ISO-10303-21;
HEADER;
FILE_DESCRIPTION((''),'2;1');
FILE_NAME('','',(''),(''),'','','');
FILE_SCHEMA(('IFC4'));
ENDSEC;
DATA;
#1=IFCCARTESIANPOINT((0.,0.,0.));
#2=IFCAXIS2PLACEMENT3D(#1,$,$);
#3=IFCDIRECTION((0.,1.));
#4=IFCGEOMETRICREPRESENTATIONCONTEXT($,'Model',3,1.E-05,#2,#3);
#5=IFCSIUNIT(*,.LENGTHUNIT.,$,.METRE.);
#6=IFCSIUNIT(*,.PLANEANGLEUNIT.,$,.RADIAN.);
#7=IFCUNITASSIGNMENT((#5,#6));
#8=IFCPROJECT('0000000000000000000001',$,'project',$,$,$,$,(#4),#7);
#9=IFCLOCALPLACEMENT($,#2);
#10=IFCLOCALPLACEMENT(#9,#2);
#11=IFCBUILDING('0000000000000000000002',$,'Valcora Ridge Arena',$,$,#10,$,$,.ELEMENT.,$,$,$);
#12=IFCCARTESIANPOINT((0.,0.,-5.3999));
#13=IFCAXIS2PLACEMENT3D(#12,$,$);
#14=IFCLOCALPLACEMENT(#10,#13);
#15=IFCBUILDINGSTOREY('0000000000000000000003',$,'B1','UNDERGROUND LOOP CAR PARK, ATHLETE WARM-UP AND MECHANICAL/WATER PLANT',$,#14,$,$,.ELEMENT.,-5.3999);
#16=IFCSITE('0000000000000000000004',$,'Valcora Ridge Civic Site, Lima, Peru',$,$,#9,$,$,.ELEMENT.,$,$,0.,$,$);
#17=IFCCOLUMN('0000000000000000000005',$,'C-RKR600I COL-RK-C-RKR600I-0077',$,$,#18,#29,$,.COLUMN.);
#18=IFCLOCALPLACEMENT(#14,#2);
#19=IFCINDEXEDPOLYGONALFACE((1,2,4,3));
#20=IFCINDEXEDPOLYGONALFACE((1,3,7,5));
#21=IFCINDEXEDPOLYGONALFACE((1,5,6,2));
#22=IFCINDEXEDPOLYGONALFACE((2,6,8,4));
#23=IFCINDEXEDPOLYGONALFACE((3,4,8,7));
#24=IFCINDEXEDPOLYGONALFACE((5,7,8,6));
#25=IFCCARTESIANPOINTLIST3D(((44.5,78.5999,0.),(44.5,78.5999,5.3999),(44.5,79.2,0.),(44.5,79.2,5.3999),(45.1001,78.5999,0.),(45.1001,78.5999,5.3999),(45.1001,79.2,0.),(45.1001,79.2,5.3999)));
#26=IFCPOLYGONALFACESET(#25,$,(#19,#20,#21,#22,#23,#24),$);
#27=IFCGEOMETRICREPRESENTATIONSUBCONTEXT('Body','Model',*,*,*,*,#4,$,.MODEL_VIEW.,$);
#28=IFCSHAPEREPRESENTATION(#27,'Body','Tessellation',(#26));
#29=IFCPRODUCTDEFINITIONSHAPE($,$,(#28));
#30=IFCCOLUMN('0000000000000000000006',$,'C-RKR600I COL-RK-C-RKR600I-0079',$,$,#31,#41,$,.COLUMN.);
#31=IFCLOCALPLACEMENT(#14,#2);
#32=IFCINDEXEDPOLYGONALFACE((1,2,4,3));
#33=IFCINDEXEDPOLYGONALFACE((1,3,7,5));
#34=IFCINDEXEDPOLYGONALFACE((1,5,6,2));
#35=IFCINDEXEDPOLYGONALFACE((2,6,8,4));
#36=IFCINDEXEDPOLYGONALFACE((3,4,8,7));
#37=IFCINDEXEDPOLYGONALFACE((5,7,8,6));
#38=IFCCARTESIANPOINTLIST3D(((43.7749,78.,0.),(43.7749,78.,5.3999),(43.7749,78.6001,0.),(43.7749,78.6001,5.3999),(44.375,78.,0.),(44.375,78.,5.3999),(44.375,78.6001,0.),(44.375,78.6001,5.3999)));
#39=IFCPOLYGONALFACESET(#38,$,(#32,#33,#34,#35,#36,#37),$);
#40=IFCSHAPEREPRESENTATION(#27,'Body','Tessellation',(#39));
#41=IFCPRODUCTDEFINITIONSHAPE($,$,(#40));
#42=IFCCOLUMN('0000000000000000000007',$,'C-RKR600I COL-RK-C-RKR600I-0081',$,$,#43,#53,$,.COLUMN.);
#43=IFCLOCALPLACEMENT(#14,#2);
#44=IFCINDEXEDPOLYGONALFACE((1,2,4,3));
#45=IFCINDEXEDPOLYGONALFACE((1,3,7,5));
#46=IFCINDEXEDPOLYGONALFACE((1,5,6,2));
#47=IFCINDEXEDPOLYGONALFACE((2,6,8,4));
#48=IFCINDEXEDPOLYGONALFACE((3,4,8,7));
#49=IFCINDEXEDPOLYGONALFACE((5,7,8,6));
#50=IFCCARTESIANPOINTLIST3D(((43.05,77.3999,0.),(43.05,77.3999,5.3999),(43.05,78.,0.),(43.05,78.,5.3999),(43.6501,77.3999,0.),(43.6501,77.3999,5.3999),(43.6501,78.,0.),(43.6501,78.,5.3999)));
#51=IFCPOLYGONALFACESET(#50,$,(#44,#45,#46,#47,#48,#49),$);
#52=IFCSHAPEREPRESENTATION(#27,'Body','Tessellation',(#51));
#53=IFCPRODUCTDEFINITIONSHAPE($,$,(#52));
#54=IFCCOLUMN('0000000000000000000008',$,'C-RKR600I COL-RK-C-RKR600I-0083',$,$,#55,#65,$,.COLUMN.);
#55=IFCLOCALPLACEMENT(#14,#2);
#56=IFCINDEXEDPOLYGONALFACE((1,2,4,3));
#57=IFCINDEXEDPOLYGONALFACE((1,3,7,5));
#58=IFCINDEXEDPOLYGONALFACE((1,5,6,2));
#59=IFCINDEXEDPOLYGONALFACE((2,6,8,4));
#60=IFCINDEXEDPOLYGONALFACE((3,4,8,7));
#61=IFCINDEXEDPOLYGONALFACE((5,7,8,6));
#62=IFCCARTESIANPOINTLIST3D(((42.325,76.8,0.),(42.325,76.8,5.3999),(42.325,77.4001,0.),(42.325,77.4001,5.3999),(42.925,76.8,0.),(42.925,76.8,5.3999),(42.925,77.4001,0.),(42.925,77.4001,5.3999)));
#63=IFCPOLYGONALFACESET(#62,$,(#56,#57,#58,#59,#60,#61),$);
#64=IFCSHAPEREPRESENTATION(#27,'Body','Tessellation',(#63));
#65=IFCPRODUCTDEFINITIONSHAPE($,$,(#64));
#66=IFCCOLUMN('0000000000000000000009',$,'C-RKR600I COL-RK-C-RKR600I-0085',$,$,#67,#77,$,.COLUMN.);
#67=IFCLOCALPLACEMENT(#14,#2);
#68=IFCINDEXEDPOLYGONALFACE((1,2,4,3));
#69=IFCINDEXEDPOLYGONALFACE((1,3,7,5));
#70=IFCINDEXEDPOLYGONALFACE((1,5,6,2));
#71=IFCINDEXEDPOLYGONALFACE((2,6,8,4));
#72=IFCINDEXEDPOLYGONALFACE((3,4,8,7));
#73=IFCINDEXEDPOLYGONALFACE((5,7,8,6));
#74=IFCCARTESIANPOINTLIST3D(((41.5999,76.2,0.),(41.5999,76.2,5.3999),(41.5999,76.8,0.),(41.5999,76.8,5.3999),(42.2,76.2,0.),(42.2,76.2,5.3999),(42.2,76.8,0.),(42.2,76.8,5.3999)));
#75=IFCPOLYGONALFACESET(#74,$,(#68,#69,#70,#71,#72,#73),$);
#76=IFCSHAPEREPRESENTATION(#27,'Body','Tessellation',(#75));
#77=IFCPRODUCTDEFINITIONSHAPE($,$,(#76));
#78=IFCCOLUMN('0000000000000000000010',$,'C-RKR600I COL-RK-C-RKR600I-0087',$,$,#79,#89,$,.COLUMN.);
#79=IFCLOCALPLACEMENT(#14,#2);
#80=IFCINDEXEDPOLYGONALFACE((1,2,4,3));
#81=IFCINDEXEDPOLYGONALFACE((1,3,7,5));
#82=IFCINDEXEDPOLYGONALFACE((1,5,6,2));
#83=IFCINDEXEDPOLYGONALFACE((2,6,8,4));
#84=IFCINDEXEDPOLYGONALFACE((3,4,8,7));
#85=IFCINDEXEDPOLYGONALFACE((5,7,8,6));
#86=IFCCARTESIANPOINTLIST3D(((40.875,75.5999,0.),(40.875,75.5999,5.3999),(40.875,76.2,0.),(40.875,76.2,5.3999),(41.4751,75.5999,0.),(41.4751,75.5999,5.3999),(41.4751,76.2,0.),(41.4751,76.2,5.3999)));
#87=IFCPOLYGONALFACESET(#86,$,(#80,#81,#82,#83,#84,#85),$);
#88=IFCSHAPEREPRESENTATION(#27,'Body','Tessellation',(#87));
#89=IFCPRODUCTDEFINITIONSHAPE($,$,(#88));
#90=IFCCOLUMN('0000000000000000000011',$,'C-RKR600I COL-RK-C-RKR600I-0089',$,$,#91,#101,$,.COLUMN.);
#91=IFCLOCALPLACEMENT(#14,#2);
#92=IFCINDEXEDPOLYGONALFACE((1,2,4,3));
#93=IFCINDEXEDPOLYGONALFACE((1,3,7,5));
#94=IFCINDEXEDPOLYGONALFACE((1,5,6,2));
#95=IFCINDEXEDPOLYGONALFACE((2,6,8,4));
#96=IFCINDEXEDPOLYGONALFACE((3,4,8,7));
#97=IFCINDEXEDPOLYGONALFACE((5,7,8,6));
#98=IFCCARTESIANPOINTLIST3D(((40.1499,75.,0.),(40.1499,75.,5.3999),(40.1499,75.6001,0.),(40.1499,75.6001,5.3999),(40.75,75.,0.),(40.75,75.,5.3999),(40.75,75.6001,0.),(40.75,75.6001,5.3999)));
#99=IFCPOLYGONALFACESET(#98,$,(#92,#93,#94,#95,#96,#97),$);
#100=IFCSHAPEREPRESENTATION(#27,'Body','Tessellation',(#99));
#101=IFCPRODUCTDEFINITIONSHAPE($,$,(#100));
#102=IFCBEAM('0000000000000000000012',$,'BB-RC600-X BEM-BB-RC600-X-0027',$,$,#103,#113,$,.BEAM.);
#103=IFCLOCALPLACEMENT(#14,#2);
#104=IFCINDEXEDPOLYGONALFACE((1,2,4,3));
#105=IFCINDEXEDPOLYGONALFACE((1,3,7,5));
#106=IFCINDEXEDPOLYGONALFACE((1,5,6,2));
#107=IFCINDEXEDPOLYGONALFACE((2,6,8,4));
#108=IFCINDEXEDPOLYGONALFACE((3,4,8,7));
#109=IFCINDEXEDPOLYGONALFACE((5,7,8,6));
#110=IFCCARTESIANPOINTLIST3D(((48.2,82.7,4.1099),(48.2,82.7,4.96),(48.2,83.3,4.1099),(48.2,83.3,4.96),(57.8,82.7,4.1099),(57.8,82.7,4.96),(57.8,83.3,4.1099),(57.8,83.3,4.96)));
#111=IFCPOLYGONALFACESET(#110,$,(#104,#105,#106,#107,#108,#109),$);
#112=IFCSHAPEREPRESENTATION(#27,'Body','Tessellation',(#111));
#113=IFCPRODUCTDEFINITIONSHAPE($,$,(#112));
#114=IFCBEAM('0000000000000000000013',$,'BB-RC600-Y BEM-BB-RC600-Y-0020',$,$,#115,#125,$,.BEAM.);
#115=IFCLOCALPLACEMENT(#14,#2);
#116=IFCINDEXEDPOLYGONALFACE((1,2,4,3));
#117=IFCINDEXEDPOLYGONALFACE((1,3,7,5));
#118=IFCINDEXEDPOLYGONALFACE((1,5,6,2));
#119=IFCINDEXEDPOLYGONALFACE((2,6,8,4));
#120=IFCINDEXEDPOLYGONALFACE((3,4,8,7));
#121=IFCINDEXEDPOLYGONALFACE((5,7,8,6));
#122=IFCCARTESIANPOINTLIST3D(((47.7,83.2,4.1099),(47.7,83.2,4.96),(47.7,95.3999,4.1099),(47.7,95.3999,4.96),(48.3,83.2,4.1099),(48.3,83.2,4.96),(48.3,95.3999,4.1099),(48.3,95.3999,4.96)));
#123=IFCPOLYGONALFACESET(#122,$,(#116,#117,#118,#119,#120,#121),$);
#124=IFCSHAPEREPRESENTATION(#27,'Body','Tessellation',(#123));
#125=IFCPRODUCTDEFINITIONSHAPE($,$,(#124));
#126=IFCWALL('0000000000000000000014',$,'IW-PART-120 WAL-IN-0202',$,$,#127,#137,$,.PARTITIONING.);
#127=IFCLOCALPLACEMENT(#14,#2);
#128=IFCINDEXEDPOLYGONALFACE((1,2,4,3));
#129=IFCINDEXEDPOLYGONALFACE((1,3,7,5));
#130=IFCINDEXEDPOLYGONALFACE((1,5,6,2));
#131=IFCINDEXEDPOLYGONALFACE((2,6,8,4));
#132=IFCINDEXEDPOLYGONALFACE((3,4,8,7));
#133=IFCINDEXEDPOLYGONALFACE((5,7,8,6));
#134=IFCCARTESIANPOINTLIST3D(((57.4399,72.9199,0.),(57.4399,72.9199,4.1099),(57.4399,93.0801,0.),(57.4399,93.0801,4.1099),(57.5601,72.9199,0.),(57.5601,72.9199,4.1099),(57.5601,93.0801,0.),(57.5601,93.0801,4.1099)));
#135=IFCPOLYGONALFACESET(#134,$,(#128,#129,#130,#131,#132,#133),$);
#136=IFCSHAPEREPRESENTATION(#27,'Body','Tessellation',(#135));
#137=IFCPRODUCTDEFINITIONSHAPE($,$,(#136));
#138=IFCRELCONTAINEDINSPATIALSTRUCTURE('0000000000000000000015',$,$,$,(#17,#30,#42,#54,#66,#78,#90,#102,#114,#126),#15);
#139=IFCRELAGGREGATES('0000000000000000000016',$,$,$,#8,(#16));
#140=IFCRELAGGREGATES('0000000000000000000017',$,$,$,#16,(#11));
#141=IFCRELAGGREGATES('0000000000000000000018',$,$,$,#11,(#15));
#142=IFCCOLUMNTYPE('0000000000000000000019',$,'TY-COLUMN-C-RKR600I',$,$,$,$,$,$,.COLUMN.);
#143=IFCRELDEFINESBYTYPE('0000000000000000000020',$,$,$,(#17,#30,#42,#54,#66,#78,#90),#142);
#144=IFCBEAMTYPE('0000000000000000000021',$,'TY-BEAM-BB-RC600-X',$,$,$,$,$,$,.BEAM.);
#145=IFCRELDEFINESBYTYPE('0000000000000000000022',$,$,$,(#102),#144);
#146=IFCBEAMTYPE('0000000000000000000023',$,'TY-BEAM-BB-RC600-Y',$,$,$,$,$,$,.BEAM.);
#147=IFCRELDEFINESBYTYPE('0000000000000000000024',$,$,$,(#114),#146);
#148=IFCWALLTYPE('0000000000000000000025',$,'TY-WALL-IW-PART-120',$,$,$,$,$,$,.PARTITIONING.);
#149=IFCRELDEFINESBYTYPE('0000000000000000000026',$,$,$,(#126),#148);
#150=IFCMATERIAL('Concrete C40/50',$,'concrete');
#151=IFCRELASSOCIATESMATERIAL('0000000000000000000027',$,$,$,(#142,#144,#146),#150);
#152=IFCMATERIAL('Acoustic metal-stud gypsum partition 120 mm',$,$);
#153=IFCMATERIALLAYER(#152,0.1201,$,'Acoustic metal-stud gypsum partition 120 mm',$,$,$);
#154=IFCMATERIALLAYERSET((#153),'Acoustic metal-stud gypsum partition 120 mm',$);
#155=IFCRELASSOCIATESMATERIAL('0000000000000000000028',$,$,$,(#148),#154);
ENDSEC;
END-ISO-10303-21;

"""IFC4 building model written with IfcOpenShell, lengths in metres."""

from ifc_helpers import new_model, si_unit, direction, frame, frame_2d, origin, origin_2d, place, context, subcontext, project, spatial, rectangle, extrude, material, layer, layer_set, material_profile, profile_set, type_object, element, save


model = new_model("IFC4")

# Units and contexts
model_context = context("Model", 3, precision=1e-05, world=origin(), true_north=direction((0.0, 1.0)))
body_context = subcontext(model_context, "Body", "Model", "MODEL_VIEW")
ifc_project = project(units=[si_unit("LENGTHUNIT", "METRE"), si_unit("PLANEANGLEUNIT", "RADIAN")], contexts=[model_context])

# Site, building, storey
site_placement = place(None, origin())
site = spatial("IfcSite", under=ifc_project, at=site_placement, Name="Valcora Ridge Civic Site, Lima, Peru", CompositionType="ELEMENT", RefElevation=0.0)
building_placement = place(site_placement, origin())
building = spatial("IfcBuilding", under=site, at=building_placement, Name="Valcora Ridge Arena", CompositionType="ELEMENT")
storey_placement = place(building_placement, frame((0.0, 0.0, -5.3999)))
storey = spatial("IfcBuildingStorey", under=building, at=storey_placement, Name="B1", Description="UNDERGROUND LOOP CAR PARK, ATHLETE WARM-UP AND MECHANICAL/WATER PLANT", CompositionType="ELEMENT", Elevation=-5.3999)

# Shared definitions
ifc_material_1 = material(Name="Concrete C40/50", Category="concrete")

# Columns
ifc_material_profile_1 = material_profile(ifc_material_1, rectangle(XDim=0.6001, YDim=0.6001, at=origin_2d()), Name="RC 600x600")
ifc_profile_set_1 = profile_set([ifc_material_profile_1], Name="Concrete C40/50")
column_type_1 = type_object("IfcColumnType", Name="TY-COLUMN-C-RKR600I", PredefinedType="COLUMN", material=ifc_profile_set_1)
for number, where, z_axis, x_axis, name in (
    (1, (44.8, 78.8999, 0.0), (0.0, 0.0, 1.0), (1.0, 0.0, 0.0), "C-RKR600I COL-RK-C-RKR600I-0077"),
    (2, (44.075, 78.3, 0.0), (0.0, 0.0, 1.0), (1.0, 0.0, 0.0), "C-RKR600I COL-RK-C-RKR600I-0079"),
    (3, (43.3501, 77.7, 0.0), (0.0, 0.0, 1.0), (1.0, 0.0, 0.0), "C-RKR600I COL-RK-C-RKR600I-0081"),
    (4, (42.625, 77.1001, 0.0), (0.0, 0.0, 1.0), (1.0, 0.0, 0.0), "C-RKR600I COL-RK-C-RKR600I-0083"),
    (5, (41.8999, 76.5, 0.0), (0.0, 0.0, 1.0), (1.0, 0.0, 0.0), "C-RKR600I COL-RK-C-RKR600I-0085"),
    (6, (41.175, 75.8999, 0.0), (0.0, 0.0, 1.0), (1.0, 0.0, 0.0), "C-RKR600I COL-RK-C-RKR600I-0087"),
    (7, (40.45, 75.3, 0.0), (0.0, 0.0, 1.0), (1.0, 0.0, 0.0), "C-RKR600I COL-RK-C-RKR600I-0089"),
):
    element("IfcColumn", number, at=place(storey_placement, frame(where, z_axis=z_axis, x_axis=x_axis)), inside=storey, type_object=column_type_1, Name=name, PredefinedType="COLUMN", context=body_context, shape_type="SweptSolid", body=[
        extrude(rectangle(XDim=0.6001, YDim=0.6001, at=origin_2d()), origin(), (0.0, 0.0, 1.0), 5.3999),
    ])

# Beams
ifc_material_profile_2 = material_profile(ifc_material_1, rectangle(XDim=0.6001, YDim=0.8501, at=origin_2d()), Name="RC 600x850")
ifc_profile_set_2 = profile_set([ifc_material_profile_2], Name="Concrete C40/50")
beam_type_1 = type_object("IfcBeamType", Name="TY-BEAM-BB-RC600-X", PredefinedType="BEAM", material=ifc_profile_set_2)
beam_1_placement = place(storey_placement, frame((48.2, 83.0, 4.5349), z_axis=(1.0, 0.0, 0.0), x_axis=(0.0, 1.0, 0.0)))
element("IfcBeam", 8, at=beam_1_placement, inside=storey, type_object=beam_type_1, Name="BB-RC600-X BEM-BB-RC600-X-0027", PredefinedType="BEAM", context=body_context, shape_type="SweptSolid", body=[
    extrude(rectangle(XDim=0.6001, YDim=0.8501, at=origin_2d()), origin(), (0.0, 0.0, 1.0), 9.6001),
])
ifc_material_profile_3 = material_profile(ifc_material_1, rectangle(XDim=0.6001, YDim=0.8501, at=origin_2d()), Name="RC 600x850")
ifc_profile_set_3 = profile_set([ifc_material_profile_3], Name="Concrete C40/50")
beam_type_2 = type_object("IfcBeamType", Name="TY-BEAM-BB-RC600-Y", PredefinedType="BEAM", material=ifc_profile_set_3)
beam_2_placement = place(storey_placement, frame((48.0, 83.2, 4.5349), z_axis=(0.0, 1.0, 0.0), x_axis=(-1.0, 0.0, 0.0)))
element("IfcBeam", 9, at=beam_2_placement, inside=storey, type_object=beam_type_2, Name="BB-RC600-Y BEM-BB-RC600-Y-0020", PredefinedType="BEAM", context=body_context, shape_type="SweptSolid", body=[
    extrude(rectangle(XDim=0.6001, YDim=0.8501, at=origin_2d()), origin(), (0.0, 0.0, 1.0), 12.2),
])

# Wall
ifc_material_2 = material(Name="Acoustic metal-stud gypsum partition 120 mm")
ifc_layer_1 = layer(ifc_material_2, 0.1201, Name="Acoustic metal-stud gypsum partition 120 mm")
ifc_layer_set_1 = layer_set([ifc_layer_1], Name="Acoustic metal-stud gypsum partition 120 mm")
wall_type = type_object("IfcWallType", Name="TY-WALL-IW-PART-120", PredefinedType="PARTITIONING", material=ifc_layer_set_1)
wall_placement = place(storey_placement, frame((57.5, 72.9199, 0.0), z_axis=(0.0, 0.0, 1.0), x_axis=(0.0, 1.0, 0.0)))
element("IfcWall", 10, at=wall_placement, inside=storey, type_object=wall_type, Name="IW-PART-120 WAL-IN-0202", PredefinedType="PARTITIONING", context=body_context, shape_type="SweptSolid", body=[
    extrude(rectangle(XDim=20.1602, YDim=0.1201, at=frame_2d((10.0801, 0.0))), origin(), (0.0, 0.0, 1.0), 4.1099),
])

save(model, "model.ifc")
